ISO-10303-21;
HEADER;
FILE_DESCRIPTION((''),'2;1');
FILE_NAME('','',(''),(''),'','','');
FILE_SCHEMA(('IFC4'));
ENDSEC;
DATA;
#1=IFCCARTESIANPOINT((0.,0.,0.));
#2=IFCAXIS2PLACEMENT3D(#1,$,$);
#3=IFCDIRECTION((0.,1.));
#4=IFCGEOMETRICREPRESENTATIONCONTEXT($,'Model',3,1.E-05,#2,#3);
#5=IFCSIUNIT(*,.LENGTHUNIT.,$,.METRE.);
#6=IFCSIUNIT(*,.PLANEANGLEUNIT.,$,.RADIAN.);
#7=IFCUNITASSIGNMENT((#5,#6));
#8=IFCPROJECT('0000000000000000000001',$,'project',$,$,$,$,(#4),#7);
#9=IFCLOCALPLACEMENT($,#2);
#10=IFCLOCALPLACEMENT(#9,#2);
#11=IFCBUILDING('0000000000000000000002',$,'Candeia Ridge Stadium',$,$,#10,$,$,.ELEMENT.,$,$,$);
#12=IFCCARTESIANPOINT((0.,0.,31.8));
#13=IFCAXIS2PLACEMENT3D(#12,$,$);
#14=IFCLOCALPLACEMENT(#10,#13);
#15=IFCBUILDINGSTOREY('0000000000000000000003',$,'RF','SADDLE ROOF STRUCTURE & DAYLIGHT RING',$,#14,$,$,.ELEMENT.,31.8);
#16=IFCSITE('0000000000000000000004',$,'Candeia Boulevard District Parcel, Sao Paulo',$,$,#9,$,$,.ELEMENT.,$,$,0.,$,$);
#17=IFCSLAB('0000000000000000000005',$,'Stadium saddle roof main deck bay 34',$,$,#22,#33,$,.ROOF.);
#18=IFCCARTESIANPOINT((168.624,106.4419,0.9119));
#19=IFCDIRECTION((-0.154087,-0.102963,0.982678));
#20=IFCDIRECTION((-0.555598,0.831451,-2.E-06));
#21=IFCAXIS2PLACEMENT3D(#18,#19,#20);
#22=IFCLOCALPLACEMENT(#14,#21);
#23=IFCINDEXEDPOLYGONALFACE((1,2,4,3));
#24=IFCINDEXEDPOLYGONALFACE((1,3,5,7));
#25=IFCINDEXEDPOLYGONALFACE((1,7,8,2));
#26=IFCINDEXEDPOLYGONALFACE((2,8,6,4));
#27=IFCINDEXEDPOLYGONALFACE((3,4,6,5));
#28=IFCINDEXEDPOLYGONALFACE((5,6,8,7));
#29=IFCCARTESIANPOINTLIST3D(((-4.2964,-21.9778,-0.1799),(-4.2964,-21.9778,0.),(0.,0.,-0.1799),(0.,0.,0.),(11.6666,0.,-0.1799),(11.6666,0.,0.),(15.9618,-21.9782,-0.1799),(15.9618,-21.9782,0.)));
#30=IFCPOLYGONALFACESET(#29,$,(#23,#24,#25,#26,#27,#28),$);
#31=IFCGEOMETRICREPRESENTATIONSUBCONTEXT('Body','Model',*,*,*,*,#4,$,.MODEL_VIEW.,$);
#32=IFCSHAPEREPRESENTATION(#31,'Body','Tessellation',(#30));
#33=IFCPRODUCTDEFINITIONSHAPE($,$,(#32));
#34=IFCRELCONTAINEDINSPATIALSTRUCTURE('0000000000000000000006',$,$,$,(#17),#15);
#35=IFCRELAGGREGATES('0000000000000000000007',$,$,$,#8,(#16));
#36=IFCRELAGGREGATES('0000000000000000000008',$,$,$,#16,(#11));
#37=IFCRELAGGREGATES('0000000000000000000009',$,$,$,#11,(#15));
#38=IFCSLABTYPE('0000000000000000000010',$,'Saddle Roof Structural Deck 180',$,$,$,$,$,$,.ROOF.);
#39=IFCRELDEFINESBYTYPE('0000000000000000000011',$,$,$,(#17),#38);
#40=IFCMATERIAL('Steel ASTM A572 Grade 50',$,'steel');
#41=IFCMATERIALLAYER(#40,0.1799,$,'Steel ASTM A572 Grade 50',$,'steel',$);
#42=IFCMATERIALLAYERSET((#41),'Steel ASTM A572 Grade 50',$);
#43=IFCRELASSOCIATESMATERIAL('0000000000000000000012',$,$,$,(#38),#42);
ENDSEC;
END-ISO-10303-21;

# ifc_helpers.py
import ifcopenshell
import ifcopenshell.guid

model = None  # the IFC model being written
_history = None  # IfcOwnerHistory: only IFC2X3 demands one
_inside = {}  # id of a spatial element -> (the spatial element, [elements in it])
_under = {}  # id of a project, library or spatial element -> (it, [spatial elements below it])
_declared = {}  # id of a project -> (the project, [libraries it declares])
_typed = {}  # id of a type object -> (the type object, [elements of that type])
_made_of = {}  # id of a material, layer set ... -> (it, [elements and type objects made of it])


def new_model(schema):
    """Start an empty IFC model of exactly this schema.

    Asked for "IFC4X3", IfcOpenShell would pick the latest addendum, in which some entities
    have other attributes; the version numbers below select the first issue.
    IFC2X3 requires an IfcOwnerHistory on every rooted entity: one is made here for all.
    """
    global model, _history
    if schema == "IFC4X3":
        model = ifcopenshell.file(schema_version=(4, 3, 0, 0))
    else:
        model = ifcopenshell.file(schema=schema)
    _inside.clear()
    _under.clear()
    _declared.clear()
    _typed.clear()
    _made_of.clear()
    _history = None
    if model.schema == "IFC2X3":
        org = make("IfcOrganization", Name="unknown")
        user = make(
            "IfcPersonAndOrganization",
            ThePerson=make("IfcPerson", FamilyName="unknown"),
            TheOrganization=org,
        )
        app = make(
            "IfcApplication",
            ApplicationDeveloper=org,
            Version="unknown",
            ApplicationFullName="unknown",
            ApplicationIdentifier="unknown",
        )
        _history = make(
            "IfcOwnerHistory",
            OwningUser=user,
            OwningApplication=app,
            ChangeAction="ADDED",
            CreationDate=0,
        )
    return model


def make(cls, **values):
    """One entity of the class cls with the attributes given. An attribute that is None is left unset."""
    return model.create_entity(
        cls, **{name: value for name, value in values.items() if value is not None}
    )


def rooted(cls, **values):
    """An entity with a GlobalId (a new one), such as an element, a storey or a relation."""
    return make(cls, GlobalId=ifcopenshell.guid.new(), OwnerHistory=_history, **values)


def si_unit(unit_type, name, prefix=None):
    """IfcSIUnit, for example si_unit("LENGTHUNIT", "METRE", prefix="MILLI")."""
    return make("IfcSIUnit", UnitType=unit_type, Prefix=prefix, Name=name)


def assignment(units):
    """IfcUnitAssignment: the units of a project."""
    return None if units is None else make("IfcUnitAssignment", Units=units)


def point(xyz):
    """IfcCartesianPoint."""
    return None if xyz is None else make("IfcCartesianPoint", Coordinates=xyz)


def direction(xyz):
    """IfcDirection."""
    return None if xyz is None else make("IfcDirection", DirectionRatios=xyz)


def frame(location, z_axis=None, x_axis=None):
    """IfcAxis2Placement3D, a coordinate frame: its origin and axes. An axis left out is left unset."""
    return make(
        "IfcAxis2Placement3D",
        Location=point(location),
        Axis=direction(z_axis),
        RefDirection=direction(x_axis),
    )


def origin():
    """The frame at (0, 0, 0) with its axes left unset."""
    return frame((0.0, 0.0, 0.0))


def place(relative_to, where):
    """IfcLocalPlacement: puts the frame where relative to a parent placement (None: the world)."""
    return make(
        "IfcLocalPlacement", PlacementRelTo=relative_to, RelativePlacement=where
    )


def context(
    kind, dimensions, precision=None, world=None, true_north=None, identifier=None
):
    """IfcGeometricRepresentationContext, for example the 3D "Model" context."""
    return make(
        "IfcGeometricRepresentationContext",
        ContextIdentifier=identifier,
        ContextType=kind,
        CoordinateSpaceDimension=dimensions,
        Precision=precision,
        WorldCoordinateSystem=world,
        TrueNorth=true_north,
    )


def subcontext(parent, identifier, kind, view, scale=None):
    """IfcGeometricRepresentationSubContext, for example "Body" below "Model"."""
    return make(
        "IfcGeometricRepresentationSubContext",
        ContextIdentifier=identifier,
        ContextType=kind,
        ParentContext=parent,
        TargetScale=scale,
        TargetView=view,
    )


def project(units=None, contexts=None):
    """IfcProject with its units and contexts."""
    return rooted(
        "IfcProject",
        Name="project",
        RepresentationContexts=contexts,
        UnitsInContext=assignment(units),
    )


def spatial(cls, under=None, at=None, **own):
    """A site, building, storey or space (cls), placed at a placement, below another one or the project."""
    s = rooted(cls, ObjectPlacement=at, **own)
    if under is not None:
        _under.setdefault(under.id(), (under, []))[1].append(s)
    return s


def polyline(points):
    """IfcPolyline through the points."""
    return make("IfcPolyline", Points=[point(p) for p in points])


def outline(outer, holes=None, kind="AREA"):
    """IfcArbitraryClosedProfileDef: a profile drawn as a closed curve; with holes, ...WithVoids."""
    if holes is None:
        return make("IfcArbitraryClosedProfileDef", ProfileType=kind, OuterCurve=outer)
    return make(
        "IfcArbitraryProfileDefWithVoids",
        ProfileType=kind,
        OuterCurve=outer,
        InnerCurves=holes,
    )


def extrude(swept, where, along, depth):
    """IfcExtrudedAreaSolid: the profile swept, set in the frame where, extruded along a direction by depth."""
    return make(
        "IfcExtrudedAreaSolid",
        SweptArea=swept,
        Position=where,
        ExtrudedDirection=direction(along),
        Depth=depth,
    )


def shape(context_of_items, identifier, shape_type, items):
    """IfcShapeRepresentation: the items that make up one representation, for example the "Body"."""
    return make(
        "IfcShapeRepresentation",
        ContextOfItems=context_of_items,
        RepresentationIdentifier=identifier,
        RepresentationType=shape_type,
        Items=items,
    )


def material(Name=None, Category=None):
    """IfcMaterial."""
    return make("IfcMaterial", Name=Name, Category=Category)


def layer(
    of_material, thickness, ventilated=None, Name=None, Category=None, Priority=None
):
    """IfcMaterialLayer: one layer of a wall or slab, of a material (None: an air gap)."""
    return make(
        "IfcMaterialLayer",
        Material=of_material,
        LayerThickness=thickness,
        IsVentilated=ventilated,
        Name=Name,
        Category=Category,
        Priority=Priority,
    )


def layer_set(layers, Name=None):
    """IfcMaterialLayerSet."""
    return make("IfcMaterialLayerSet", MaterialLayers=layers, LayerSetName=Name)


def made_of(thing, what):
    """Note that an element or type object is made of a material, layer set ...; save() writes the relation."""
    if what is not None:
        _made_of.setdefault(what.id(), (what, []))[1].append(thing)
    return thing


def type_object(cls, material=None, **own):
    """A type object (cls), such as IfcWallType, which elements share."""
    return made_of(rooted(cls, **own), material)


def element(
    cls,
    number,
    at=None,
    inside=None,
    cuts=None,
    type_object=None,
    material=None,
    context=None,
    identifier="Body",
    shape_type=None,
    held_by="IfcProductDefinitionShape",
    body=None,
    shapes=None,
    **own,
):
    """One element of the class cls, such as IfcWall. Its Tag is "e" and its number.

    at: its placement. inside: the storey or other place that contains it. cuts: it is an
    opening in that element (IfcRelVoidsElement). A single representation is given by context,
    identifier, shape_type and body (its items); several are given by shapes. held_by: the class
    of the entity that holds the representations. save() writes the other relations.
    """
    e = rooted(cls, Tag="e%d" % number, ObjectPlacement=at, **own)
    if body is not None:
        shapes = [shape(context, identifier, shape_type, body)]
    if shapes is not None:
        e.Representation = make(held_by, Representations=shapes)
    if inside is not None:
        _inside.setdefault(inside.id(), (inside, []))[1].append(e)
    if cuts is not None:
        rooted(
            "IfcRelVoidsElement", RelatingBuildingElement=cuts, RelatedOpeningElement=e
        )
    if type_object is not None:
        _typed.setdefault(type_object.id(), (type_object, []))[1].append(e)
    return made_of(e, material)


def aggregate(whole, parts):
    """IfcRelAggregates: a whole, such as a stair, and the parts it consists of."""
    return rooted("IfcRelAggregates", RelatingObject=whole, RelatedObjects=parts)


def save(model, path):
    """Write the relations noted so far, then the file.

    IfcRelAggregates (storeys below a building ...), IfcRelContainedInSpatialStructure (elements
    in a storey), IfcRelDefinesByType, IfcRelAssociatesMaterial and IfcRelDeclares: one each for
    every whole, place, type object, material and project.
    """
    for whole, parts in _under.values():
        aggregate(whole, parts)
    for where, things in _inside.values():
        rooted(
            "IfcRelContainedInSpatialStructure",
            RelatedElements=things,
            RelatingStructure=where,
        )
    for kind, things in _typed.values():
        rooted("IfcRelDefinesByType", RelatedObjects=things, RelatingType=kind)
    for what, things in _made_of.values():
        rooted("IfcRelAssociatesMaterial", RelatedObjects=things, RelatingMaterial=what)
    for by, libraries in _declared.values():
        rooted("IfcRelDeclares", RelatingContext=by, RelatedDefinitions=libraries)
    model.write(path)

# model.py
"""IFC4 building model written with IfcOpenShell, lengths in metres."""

from ifc_helpers import new_model, si_unit, direction, frame, origin, place, context, subcontext, project, spatial, polyline, outline, extrude, material, layer, layer_set, type_object, element, save


model = new_model("IFC4")

# Units and contexts
model_context = context("Model", 3, precision=1e-05, world=origin(), true_north=direction((0.0, 1.0)))
body_context = subcontext(model_context, "Body", "Model", "MODEL_VIEW")
ifc_project = project(units=[si_unit("LENGTHUNIT", "METRE"), si_unit("PLANEANGLEUNIT", "RADIAN")], contexts=[model_context])

# Site, building, storey
site_placement = place(None, origin())
site = spatial("IfcSite", under=ifc_project, at=site_placement, Name="Candeia Boulevard District Parcel, Sao Paulo", CompositionType="ELEMENT", RefElevation=0.0)
building_placement = place(site_placement, origin())
building = spatial("IfcBuilding", under=site, at=building_placement, Name="Candeia Ridge Stadium", CompositionType="ELEMENT")
storey_placement = place(building_placement, frame((0.0, 0.0, 31.8)))
storey = spatial("IfcBuildingStorey", under=building, at=storey_placement, Name="RF", Description="SADDLE ROOF STRUCTURE & DAYLIGHT RING", CompositionType="ELEMENT", Elevation=31.8)

# Shared definitions
ifc_material_1 = material(Name="Steel ASTM A572 Grade 50", Category="steel")

# Slab
ifc_layer_1 = layer(ifc_material_1, 0.1799, Name="Steel ASTM A572 Grade 50", Category="steel")
ifc_layer_set_1 = layer_set([ifc_layer_1], Name="Steel ASTM A572 Grade 50")
slab_type = type_object("IfcSlabType", Name="Saddle Roof Structural Deck 180", PredefinedType="ROOF", material=ifc_layer_set_1)
slab_1_placement = place(storey_placement, frame((168.624, 106.4419, 0.9119), z_axis=(-0.154087, -0.102963, 0.982678), x_axis=(-0.555598, 0.831451, -0.000002)))
element("IfcSlab", 1, at=slab_1_placement, inside=storey, type_object=slab_type, Name="Stadium saddle roof main deck bay 34", PredefinedType="ROOF", context=body_context, shape_type="SweptSolid", body=[
    extrude(outline(polyline([(0.0, 0.0), (11.6666, 0.0), (15.9618, -21.9782), (-4.2964, -21.9778), (0.0, 0.0)])), origin(), (0.0, 0.0, -1.0), 0.1799),
])

save(model, "model.ifc")
